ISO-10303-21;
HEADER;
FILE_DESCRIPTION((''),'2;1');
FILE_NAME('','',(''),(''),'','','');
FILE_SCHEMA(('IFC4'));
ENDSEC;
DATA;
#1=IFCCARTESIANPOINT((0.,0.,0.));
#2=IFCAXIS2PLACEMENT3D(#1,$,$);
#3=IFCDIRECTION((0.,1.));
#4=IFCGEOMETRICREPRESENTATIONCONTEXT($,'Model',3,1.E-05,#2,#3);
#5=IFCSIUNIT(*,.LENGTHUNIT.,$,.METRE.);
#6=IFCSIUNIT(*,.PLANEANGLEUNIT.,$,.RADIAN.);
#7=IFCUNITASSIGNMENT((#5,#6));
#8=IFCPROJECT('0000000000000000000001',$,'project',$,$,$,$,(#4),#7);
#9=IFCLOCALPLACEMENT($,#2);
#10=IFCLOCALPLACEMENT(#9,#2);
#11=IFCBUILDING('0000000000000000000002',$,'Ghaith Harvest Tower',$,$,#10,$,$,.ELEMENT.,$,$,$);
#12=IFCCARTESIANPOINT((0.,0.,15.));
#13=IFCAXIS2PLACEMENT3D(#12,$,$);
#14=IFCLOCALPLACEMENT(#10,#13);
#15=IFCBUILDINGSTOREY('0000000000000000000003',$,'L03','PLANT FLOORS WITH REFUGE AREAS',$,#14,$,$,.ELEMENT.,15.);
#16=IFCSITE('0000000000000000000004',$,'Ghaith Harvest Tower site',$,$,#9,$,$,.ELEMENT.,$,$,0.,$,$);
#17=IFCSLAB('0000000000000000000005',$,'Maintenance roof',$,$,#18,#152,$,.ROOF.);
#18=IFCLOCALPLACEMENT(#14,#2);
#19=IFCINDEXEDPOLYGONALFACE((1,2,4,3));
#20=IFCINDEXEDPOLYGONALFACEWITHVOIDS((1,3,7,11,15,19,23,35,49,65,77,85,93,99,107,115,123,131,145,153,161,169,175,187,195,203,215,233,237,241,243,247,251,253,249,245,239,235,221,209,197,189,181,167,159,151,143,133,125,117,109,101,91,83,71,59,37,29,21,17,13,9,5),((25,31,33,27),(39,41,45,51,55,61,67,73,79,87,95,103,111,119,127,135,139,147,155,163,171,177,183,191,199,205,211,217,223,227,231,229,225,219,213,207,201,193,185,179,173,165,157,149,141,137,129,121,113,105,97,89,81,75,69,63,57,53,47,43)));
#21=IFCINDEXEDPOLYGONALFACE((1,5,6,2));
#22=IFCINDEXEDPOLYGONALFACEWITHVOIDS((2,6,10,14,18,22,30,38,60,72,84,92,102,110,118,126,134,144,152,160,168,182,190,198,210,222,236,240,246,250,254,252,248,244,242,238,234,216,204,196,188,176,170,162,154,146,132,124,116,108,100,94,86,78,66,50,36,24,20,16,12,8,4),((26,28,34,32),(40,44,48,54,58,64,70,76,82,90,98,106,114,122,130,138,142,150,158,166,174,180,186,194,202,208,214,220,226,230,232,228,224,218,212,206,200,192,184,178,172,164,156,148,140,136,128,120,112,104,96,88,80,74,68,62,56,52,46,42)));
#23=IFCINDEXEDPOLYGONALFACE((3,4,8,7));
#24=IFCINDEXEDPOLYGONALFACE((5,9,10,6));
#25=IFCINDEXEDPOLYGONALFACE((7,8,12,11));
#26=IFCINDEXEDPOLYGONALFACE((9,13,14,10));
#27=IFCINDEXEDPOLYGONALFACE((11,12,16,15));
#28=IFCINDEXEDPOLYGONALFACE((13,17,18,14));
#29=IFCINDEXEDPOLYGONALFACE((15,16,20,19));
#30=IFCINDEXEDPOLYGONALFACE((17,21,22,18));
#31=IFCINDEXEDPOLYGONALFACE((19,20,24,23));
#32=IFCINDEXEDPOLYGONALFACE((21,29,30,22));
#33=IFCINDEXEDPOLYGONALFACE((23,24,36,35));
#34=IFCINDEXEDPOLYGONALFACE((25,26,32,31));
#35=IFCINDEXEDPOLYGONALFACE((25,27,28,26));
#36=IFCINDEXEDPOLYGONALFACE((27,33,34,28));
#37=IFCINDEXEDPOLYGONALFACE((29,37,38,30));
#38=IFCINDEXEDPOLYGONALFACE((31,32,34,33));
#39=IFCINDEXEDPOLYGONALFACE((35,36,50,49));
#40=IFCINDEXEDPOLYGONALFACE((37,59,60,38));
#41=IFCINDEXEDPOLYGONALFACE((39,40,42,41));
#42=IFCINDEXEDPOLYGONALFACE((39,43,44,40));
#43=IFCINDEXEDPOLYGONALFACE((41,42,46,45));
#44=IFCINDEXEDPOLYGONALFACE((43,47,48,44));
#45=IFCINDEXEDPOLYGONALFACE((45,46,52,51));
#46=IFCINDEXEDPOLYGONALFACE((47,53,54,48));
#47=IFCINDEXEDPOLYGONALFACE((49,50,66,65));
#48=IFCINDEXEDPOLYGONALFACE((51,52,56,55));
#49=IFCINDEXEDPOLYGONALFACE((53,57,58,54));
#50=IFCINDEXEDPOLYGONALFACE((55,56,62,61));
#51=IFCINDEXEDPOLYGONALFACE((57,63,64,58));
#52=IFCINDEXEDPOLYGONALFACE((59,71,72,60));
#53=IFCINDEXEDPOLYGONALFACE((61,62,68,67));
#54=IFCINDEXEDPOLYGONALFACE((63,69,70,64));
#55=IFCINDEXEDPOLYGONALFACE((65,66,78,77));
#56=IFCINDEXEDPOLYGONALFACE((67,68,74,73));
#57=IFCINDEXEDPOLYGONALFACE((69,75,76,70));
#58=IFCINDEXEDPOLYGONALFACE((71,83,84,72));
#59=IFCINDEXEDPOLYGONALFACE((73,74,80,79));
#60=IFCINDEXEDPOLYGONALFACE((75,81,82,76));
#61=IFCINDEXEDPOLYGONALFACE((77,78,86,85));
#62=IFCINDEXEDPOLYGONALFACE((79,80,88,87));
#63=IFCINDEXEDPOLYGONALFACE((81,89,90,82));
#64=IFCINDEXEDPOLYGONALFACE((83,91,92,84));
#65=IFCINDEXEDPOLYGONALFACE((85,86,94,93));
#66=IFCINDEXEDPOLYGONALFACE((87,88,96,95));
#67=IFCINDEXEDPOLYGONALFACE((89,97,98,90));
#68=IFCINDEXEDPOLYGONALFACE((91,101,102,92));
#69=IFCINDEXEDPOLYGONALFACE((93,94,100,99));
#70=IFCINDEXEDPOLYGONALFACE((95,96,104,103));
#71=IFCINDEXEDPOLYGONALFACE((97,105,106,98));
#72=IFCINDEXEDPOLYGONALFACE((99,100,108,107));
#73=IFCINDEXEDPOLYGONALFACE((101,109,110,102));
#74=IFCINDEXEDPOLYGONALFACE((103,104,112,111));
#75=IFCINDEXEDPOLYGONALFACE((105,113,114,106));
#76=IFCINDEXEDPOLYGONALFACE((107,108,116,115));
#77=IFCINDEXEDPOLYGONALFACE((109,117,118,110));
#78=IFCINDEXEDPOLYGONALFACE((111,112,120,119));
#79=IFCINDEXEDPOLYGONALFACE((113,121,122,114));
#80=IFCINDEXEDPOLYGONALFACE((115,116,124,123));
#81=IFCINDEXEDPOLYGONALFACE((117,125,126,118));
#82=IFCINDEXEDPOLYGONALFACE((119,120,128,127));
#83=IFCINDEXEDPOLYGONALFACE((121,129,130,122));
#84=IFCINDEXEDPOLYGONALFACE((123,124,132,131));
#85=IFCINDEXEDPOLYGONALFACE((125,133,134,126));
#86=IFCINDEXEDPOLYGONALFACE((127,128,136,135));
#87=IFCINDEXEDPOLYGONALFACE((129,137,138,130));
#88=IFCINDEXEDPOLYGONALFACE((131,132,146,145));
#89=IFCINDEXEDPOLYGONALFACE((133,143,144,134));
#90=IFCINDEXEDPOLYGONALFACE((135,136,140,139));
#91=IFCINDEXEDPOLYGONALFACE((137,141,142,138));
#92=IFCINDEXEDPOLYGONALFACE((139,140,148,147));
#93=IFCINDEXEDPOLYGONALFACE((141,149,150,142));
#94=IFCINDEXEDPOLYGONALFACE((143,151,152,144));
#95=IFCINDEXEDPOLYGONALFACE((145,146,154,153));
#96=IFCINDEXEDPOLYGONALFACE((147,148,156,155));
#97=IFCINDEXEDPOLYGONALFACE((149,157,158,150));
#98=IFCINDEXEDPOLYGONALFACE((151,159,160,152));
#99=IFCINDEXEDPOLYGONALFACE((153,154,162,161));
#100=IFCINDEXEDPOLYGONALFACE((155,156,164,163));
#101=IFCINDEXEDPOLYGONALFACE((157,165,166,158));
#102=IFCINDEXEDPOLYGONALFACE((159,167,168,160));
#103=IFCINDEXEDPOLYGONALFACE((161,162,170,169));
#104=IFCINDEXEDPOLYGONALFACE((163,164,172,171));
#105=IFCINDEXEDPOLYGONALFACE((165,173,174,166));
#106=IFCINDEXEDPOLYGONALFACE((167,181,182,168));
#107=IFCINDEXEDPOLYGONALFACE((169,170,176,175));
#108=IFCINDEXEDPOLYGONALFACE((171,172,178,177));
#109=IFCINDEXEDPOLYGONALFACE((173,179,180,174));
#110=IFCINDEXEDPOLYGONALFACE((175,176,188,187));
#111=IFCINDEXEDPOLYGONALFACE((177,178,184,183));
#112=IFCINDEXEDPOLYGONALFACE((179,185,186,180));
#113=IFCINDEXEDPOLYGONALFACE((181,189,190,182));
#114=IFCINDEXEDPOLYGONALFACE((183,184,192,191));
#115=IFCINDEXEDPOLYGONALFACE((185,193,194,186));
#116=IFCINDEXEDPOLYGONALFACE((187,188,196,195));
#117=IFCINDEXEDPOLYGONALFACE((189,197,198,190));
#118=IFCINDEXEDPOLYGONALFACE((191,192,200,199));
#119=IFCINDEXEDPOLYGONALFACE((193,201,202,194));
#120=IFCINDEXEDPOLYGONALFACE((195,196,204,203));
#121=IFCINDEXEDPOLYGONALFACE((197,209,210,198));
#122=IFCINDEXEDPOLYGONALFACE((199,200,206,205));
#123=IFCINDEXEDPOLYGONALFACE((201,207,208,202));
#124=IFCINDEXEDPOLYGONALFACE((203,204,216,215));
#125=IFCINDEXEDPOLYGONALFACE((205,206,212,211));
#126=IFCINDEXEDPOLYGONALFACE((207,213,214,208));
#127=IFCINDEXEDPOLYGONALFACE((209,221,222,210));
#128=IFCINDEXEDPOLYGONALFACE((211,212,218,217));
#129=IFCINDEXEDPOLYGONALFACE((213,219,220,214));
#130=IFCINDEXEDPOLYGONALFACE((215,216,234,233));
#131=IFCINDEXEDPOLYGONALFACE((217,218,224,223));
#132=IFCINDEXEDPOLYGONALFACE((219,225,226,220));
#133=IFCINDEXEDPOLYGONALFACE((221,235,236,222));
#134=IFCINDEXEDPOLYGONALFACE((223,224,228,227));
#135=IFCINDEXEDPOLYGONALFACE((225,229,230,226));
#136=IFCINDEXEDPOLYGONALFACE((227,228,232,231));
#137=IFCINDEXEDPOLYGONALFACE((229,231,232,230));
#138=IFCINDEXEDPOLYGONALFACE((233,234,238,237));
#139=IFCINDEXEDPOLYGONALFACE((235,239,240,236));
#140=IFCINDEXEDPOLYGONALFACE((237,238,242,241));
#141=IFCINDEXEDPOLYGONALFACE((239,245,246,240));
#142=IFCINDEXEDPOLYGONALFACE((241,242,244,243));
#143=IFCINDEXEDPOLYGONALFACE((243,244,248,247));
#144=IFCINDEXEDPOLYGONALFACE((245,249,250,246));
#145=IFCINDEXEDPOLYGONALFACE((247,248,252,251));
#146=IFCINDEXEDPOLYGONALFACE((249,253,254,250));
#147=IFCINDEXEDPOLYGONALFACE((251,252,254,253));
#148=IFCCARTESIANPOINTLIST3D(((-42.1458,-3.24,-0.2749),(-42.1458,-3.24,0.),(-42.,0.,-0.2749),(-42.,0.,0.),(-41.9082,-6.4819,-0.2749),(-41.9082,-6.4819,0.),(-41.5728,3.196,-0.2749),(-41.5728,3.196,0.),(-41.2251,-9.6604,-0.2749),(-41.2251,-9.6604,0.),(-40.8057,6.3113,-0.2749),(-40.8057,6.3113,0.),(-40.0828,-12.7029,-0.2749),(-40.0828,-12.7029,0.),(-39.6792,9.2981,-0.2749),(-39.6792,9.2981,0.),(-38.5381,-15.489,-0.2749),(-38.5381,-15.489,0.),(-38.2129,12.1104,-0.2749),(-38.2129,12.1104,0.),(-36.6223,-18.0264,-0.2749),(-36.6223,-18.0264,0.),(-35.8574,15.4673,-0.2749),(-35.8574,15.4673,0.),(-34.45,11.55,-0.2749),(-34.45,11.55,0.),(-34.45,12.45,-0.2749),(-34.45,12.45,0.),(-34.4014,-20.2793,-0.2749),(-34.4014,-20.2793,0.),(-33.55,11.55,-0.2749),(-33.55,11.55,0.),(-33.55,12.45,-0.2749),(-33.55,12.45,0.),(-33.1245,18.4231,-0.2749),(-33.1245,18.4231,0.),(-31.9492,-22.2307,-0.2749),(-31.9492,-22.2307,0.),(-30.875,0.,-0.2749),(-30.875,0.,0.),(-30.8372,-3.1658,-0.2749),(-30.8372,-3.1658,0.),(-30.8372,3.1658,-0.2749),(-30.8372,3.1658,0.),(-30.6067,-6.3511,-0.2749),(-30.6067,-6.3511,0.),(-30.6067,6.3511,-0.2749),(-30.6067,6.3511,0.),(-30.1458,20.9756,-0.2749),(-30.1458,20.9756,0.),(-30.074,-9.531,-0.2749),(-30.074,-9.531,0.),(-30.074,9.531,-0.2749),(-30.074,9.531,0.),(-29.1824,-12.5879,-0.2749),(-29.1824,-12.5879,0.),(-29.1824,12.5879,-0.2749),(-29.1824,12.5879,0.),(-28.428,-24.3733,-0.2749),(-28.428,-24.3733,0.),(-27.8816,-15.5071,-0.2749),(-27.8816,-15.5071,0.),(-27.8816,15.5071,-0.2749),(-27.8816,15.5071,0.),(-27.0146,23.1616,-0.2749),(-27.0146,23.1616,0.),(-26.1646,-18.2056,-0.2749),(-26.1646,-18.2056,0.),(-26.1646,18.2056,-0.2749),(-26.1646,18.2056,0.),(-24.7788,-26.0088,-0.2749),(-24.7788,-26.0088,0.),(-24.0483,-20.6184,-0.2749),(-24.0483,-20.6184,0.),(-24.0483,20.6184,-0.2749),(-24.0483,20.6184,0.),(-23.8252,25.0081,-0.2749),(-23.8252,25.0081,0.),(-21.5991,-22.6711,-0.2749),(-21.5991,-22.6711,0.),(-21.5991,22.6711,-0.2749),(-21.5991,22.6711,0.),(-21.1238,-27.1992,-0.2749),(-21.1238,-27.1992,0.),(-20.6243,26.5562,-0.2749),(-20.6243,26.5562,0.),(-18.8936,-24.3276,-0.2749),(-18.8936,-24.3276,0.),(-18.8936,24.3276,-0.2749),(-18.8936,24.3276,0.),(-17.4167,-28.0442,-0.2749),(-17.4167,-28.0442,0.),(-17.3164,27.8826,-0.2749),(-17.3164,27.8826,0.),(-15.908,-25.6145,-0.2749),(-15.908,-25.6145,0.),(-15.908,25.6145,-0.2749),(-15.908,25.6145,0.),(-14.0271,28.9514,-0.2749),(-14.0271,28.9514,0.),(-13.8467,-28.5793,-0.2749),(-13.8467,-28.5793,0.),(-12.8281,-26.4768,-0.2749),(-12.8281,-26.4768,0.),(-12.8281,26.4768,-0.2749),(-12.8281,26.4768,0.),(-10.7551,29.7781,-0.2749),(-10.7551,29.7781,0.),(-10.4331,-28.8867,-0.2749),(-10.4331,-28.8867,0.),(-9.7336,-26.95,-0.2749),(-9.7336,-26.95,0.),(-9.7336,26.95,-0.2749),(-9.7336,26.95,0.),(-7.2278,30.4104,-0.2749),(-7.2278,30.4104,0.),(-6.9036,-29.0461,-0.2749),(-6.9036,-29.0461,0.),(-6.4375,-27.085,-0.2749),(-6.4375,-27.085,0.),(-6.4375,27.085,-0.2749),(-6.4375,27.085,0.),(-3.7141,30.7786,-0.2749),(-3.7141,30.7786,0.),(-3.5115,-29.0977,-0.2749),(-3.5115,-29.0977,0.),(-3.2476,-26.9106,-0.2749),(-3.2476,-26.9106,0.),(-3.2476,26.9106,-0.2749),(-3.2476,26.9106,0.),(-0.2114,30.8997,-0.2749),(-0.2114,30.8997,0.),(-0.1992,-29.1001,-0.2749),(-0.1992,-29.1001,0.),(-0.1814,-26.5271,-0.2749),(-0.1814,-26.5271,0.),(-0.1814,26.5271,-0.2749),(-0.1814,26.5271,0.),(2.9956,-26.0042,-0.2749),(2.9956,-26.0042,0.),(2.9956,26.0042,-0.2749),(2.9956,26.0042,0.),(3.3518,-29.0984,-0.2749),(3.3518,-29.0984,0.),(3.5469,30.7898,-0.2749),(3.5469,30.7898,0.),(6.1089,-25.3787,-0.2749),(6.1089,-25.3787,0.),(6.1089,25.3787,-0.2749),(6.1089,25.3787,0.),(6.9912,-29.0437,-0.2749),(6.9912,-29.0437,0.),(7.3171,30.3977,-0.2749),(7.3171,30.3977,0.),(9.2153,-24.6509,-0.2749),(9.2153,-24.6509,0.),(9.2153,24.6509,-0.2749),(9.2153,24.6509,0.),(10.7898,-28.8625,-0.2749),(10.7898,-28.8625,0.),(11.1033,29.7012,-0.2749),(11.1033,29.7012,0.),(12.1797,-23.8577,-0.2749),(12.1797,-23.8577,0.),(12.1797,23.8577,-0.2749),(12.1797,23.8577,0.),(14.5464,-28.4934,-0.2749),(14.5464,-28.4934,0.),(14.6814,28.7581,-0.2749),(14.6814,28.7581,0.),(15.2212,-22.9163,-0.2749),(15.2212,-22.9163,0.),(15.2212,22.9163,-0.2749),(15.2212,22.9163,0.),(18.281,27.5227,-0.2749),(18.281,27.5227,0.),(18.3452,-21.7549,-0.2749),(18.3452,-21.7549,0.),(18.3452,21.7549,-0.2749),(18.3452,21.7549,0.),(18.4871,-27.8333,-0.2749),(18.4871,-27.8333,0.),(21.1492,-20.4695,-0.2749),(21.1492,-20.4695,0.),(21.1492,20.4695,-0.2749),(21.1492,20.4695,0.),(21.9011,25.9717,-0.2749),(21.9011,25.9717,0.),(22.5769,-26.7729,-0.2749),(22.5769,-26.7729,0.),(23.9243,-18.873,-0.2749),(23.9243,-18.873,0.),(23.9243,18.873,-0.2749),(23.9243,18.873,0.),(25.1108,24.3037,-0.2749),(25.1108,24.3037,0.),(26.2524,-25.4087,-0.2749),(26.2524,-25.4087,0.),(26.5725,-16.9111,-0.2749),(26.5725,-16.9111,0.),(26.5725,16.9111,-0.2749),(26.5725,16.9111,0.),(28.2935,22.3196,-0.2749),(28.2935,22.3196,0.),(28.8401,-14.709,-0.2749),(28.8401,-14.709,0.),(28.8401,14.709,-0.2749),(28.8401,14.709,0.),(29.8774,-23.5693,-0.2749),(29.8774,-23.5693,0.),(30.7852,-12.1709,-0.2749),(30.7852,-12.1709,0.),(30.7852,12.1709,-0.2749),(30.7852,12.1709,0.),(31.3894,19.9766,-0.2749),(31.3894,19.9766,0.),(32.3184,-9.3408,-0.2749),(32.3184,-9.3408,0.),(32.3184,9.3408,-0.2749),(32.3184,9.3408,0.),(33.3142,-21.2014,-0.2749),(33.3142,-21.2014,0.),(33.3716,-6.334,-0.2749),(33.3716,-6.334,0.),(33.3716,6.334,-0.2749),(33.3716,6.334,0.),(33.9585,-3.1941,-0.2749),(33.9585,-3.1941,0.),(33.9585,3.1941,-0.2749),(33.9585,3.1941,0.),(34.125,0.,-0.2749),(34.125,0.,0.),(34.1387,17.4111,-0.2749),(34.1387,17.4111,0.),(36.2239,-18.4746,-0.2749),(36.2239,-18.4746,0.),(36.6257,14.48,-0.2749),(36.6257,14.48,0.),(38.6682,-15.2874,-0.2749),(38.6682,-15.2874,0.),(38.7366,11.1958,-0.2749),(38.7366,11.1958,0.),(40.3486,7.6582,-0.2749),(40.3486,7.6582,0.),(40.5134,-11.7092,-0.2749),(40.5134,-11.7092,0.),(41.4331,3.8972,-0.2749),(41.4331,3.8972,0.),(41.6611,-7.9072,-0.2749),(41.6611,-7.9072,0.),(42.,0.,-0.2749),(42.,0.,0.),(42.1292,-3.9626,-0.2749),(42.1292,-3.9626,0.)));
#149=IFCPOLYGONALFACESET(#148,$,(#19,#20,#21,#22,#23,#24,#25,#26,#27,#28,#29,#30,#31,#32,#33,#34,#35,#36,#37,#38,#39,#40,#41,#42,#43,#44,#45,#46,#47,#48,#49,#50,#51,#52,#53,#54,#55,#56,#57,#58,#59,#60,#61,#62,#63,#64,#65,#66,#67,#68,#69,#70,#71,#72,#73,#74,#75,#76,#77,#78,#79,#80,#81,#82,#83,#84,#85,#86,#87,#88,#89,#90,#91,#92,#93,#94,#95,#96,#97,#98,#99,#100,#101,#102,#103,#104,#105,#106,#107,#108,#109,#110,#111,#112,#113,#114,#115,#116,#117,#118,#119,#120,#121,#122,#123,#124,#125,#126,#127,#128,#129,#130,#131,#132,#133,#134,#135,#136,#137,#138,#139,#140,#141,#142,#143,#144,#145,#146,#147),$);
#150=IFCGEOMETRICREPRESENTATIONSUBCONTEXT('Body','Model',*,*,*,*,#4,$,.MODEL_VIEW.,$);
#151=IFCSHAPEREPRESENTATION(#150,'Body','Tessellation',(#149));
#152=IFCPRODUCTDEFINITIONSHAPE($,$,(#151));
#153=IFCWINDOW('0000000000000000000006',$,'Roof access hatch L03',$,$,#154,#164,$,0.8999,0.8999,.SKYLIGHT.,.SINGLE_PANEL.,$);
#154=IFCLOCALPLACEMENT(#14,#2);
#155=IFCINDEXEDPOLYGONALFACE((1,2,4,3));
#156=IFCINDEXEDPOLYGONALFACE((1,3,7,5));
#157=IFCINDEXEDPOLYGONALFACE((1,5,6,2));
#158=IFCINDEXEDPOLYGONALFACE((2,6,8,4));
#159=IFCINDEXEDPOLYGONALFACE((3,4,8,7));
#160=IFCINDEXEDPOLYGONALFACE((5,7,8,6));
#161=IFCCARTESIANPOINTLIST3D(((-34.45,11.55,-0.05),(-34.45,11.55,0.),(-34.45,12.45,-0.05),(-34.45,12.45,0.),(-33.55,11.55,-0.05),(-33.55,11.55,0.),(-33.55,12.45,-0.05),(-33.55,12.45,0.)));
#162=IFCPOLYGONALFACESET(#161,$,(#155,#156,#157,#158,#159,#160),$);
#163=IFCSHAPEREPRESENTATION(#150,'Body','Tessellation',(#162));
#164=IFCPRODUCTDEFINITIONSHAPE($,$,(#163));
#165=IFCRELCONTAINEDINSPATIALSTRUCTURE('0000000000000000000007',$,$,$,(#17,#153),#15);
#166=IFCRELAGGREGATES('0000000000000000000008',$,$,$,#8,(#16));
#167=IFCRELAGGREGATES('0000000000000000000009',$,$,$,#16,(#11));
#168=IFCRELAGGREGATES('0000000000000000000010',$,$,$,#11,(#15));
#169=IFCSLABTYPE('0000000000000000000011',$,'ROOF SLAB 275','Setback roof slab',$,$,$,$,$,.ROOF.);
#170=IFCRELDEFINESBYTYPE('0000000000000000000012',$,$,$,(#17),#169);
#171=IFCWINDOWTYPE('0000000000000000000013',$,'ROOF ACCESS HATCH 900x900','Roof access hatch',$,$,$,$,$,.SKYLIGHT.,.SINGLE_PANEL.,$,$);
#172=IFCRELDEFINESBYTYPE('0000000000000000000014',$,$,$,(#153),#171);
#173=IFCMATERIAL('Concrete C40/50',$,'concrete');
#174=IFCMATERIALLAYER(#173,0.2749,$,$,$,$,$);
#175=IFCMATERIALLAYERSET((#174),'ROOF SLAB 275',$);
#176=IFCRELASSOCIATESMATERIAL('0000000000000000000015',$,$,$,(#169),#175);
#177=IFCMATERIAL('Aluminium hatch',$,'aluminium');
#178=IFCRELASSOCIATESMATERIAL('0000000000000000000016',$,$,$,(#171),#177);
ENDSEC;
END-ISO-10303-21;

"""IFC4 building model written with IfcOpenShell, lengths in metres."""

from ifc_helpers import new_model, si_unit, direction, frame, origin, origin_2d, place, context, subcontext, project, spatial, polyline, rectangle, outline, extrude, material, layer, layer_set, type_object, element, fill, save


model = new_model("IFC4")

# Units and contexts
model_context = context("Model", 3, precision=1e-05, world=origin(), true_north=direction((0.0, 1.0)))
body_context = subcontext(model_context, "Body", "Model", "MODEL_VIEW")
ifc_project = project(units=[si_unit("LENGTHUNIT", "METRE"), si_unit("PLANEANGLEUNIT", "RADIAN")], contexts=[model_context])

# Site, building, storey
site_placement = place(None, origin())
site = spatial("IfcSite", under=ifc_project, at=site_placement, Name="Ghaith Harvest Tower site", CompositionType="ELEMENT", RefElevation=0.0)
building_placement = place(site_placement, origin())
building = spatial("IfcBuilding", under=site, at=building_placement, Name="Ghaith Harvest Tower", CompositionType="ELEMENT")
storey_placement = place(building_placement, frame((0.0, 0.0, 15.0)))
storey = spatial("IfcBuildingStorey", under=building, at=storey_placement, Name="L03", Description="PLANT FLOORS WITH REFUGE AREAS", CompositionType="ELEMENT", Elevation=15.0)

# Slab, opening, window
ifc_material_1 = material(Name="Concrete C40/50", Category="concrete")
ifc_layer_1 = layer(ifc_material_1, 0.2749)
ifc_layer_set_1 = layer_set([ifc_layer_1], Name="ROOF SLAB 275")
slab_type_1 = type_object("IfcSlabType", Name="ROOF SLAB 275", Description="Setback roof slab", PredefinedType="ROOF", material=ifc_layer_set_1)
slab_1_placement = place(storey_placement, frame((0.0, 0.0, -0.2749)))
slab_1 = element("IfcSlab", 1, at=slab_1_placement, inside=storey, type_object=slab_type_1, Name="Maintenance roof", PredefinedType="ROOF", context=body_context, shape_type="SweptSolid", body=[
    extrude(outline(polyline([(42.1292, -3.9626), (41.6611, -7.9072), (40.5134, -11.7092), (38.6682, -15.2874), (36.2239, -18.4746), (33.3142, -21.2014), (29.8774, -23.5693), (26.2524, -25.4087), (22.5769, -26.7729), (18.4871, -27.8333), (14.5464, -28.4934), (10.7898, -28.8625), (6.9912, -29.0437), (3.3518, -29.0984), (-0.1992, -29.1001), (-3.5115, -29.0977), (-6.9036, -29.0461), (-10.4331, -28.8867), (-13.8467, -28.5793), (-17.4167, -28.0442), (-21.1238, -27.1992), (-24.7788, -26.0088), (-28.428, -24.3733), (-31.9492, -22.2307), (-34.4014, -20.2793), (-36.6223, -18.0264), (-38.5381, -15.489), (-40.0828, -12.7029), (-41.2251, -9.6604), (-41.9082, -6.4819), (-42.1458, -3.24), (-42.0, 0.0), (-41.5728, 3.196), (-40.8057, 6.3113), (-39.6792, 9.2981), (-38.2129, 12.1104), (-35.8574, 15.4673), (-33.1245, 18.4231), (-30.1458, 20.9756), (-27.0146, 23.1616), (-23.8252, 25.0081), (-20.6243, 26.5562), (-17.3164, 27.8826), (-14.0271, 28.9514), (-10.7551, 29.7781), (-7.2278, 30.4104), (-3.7141, 30.7786), (-0.2114, 30.8997), (3.5469, 30.7898), (7.3171, 30.3977), (11.1033, 29.7012), (14.6814, 28.7581), (18.281, 27.5227), (21.9011, 25.9717), (25.1108, 24.3037), (28.2935, 22.3196), (31.3894, 19.9766), (34.1387, 17.4111), (36.6257, 14.48), (38.7366, 11.1958), (40.3486, 7.6582), (41.4331, 3.8972), (42.0, 0.0), (42.1292, -3.9626)]), holes=[polyline([(33.9585, 3.1941), (33.3716, 6.334), (32.3184, 9.3408), (30.7852, 12.1709), (28.8401, 14.709), (26.5725, 16.9111), (23.9243, 18.873), (21.1492, 20.4695), (18.3452, 21.7549), (15.2212, 22.9163), (12.1797, 23.8577), (9.2153, 24.6509), (6.1089, 25.3787), (2.9956, 26.0042), (-0.1814, 26.5271), (-3.2476, 26.9106), (-6.4375, 27.085), (-9.7336, 26.95), (-12.8281, 26.4768), (-15.908, 25.6145), (-18.8936, 24.3276), (-21.5991, 22.6711), (-24.0483, 20.6184), (-26.1646, 18.2056), (-27.8816, 15.5071), (-29.1824, 12.5879), (-30.074, 9.531), (-30.6067, 6.3511), (-30.8372, 3.1658), (-30.875, 0.0), (-30.8372, -3.1658), (-30.6067, -6.3511), (-30.074, -9.531), (-29.1824, -12.5879), (-27.8816, -15.5071), (-26.1646, -18.2056), (-24.0483, -20.6184), (-21.5991, -22.6711), (-18.8936, -24.3276), (-15.908, -25.6145), (-12.8281, -26.4768), (-9.7336, -26.95), (-6.4375, -27.085), (-3.2476, -26.9106), (-0.1814, -26.5271), (2.9956, -26.0042), (6.1089, -25.3787), (9.2153, -24.6509), (12.1797, -23.8577), (15.2212, -22.9163), (18.3452, -21.7549), (21.1492, -20.4695), (23.9243, -18.873), (26.5725, -16.9111), (28.8401, -14.709), (30.7852, -12.1709), (32.3184, -9.3408), (33.3716, -6.334), (33.9585, -3.1941), (34.125, 0.0), (33.9585, 3.1941)])]), origin(), (0.0, 0.0, 1.0), 0.2749),
])
opening_1_placement = place(slab_1_placement, frame((-34.0, 12.0, 0.0)))
opening_1 = element("IfcOpeningElement", 2, at=opening_1_placement, cuts=slab_1, PredefinedType="OPENING", context=body_context, shape_type="SweptSolid", body=[
    extrude(rectangle(XDim=0.8999, YDim=0.8999, at=origin_2d()), origin(), (0.0, 0.0, 1.0), 0.2749),
])
ifc_material_2 = material(Name="Aluminium hatch", Category="aluminium")
window_type = type_object("IfcWindowType", Name="ROOF ACCESS HATCH 900x900", Description="Roof access hatch", PartitioningType="SINGLE_PANEL", PredefinedType="SKYLIGHT", material=ifc_material_2)
window_placement = place(opening_1_placement, frame((0.0, 0.0, 0.2249)))
window = element("IfcWindow", 3, at=window_placement, inside=storey, type_object=window_type, Name="Roof access hatch L03", OverallHeight=0.8999, OverallWidth=0.8999, PartitioningType="SINGLE_PANEL", PredefinedType="SKYLIGHT", context=body_context, shape_type="SweptSolid", body=[
    extrude(rectangle(XDim=0.8999, YDim=0.8999, at=origin_2d()), origin(), (0.0, 0.0, 1.0), 0.05),
])
fill(opening_1, window)

save(model, "model.ifc")
